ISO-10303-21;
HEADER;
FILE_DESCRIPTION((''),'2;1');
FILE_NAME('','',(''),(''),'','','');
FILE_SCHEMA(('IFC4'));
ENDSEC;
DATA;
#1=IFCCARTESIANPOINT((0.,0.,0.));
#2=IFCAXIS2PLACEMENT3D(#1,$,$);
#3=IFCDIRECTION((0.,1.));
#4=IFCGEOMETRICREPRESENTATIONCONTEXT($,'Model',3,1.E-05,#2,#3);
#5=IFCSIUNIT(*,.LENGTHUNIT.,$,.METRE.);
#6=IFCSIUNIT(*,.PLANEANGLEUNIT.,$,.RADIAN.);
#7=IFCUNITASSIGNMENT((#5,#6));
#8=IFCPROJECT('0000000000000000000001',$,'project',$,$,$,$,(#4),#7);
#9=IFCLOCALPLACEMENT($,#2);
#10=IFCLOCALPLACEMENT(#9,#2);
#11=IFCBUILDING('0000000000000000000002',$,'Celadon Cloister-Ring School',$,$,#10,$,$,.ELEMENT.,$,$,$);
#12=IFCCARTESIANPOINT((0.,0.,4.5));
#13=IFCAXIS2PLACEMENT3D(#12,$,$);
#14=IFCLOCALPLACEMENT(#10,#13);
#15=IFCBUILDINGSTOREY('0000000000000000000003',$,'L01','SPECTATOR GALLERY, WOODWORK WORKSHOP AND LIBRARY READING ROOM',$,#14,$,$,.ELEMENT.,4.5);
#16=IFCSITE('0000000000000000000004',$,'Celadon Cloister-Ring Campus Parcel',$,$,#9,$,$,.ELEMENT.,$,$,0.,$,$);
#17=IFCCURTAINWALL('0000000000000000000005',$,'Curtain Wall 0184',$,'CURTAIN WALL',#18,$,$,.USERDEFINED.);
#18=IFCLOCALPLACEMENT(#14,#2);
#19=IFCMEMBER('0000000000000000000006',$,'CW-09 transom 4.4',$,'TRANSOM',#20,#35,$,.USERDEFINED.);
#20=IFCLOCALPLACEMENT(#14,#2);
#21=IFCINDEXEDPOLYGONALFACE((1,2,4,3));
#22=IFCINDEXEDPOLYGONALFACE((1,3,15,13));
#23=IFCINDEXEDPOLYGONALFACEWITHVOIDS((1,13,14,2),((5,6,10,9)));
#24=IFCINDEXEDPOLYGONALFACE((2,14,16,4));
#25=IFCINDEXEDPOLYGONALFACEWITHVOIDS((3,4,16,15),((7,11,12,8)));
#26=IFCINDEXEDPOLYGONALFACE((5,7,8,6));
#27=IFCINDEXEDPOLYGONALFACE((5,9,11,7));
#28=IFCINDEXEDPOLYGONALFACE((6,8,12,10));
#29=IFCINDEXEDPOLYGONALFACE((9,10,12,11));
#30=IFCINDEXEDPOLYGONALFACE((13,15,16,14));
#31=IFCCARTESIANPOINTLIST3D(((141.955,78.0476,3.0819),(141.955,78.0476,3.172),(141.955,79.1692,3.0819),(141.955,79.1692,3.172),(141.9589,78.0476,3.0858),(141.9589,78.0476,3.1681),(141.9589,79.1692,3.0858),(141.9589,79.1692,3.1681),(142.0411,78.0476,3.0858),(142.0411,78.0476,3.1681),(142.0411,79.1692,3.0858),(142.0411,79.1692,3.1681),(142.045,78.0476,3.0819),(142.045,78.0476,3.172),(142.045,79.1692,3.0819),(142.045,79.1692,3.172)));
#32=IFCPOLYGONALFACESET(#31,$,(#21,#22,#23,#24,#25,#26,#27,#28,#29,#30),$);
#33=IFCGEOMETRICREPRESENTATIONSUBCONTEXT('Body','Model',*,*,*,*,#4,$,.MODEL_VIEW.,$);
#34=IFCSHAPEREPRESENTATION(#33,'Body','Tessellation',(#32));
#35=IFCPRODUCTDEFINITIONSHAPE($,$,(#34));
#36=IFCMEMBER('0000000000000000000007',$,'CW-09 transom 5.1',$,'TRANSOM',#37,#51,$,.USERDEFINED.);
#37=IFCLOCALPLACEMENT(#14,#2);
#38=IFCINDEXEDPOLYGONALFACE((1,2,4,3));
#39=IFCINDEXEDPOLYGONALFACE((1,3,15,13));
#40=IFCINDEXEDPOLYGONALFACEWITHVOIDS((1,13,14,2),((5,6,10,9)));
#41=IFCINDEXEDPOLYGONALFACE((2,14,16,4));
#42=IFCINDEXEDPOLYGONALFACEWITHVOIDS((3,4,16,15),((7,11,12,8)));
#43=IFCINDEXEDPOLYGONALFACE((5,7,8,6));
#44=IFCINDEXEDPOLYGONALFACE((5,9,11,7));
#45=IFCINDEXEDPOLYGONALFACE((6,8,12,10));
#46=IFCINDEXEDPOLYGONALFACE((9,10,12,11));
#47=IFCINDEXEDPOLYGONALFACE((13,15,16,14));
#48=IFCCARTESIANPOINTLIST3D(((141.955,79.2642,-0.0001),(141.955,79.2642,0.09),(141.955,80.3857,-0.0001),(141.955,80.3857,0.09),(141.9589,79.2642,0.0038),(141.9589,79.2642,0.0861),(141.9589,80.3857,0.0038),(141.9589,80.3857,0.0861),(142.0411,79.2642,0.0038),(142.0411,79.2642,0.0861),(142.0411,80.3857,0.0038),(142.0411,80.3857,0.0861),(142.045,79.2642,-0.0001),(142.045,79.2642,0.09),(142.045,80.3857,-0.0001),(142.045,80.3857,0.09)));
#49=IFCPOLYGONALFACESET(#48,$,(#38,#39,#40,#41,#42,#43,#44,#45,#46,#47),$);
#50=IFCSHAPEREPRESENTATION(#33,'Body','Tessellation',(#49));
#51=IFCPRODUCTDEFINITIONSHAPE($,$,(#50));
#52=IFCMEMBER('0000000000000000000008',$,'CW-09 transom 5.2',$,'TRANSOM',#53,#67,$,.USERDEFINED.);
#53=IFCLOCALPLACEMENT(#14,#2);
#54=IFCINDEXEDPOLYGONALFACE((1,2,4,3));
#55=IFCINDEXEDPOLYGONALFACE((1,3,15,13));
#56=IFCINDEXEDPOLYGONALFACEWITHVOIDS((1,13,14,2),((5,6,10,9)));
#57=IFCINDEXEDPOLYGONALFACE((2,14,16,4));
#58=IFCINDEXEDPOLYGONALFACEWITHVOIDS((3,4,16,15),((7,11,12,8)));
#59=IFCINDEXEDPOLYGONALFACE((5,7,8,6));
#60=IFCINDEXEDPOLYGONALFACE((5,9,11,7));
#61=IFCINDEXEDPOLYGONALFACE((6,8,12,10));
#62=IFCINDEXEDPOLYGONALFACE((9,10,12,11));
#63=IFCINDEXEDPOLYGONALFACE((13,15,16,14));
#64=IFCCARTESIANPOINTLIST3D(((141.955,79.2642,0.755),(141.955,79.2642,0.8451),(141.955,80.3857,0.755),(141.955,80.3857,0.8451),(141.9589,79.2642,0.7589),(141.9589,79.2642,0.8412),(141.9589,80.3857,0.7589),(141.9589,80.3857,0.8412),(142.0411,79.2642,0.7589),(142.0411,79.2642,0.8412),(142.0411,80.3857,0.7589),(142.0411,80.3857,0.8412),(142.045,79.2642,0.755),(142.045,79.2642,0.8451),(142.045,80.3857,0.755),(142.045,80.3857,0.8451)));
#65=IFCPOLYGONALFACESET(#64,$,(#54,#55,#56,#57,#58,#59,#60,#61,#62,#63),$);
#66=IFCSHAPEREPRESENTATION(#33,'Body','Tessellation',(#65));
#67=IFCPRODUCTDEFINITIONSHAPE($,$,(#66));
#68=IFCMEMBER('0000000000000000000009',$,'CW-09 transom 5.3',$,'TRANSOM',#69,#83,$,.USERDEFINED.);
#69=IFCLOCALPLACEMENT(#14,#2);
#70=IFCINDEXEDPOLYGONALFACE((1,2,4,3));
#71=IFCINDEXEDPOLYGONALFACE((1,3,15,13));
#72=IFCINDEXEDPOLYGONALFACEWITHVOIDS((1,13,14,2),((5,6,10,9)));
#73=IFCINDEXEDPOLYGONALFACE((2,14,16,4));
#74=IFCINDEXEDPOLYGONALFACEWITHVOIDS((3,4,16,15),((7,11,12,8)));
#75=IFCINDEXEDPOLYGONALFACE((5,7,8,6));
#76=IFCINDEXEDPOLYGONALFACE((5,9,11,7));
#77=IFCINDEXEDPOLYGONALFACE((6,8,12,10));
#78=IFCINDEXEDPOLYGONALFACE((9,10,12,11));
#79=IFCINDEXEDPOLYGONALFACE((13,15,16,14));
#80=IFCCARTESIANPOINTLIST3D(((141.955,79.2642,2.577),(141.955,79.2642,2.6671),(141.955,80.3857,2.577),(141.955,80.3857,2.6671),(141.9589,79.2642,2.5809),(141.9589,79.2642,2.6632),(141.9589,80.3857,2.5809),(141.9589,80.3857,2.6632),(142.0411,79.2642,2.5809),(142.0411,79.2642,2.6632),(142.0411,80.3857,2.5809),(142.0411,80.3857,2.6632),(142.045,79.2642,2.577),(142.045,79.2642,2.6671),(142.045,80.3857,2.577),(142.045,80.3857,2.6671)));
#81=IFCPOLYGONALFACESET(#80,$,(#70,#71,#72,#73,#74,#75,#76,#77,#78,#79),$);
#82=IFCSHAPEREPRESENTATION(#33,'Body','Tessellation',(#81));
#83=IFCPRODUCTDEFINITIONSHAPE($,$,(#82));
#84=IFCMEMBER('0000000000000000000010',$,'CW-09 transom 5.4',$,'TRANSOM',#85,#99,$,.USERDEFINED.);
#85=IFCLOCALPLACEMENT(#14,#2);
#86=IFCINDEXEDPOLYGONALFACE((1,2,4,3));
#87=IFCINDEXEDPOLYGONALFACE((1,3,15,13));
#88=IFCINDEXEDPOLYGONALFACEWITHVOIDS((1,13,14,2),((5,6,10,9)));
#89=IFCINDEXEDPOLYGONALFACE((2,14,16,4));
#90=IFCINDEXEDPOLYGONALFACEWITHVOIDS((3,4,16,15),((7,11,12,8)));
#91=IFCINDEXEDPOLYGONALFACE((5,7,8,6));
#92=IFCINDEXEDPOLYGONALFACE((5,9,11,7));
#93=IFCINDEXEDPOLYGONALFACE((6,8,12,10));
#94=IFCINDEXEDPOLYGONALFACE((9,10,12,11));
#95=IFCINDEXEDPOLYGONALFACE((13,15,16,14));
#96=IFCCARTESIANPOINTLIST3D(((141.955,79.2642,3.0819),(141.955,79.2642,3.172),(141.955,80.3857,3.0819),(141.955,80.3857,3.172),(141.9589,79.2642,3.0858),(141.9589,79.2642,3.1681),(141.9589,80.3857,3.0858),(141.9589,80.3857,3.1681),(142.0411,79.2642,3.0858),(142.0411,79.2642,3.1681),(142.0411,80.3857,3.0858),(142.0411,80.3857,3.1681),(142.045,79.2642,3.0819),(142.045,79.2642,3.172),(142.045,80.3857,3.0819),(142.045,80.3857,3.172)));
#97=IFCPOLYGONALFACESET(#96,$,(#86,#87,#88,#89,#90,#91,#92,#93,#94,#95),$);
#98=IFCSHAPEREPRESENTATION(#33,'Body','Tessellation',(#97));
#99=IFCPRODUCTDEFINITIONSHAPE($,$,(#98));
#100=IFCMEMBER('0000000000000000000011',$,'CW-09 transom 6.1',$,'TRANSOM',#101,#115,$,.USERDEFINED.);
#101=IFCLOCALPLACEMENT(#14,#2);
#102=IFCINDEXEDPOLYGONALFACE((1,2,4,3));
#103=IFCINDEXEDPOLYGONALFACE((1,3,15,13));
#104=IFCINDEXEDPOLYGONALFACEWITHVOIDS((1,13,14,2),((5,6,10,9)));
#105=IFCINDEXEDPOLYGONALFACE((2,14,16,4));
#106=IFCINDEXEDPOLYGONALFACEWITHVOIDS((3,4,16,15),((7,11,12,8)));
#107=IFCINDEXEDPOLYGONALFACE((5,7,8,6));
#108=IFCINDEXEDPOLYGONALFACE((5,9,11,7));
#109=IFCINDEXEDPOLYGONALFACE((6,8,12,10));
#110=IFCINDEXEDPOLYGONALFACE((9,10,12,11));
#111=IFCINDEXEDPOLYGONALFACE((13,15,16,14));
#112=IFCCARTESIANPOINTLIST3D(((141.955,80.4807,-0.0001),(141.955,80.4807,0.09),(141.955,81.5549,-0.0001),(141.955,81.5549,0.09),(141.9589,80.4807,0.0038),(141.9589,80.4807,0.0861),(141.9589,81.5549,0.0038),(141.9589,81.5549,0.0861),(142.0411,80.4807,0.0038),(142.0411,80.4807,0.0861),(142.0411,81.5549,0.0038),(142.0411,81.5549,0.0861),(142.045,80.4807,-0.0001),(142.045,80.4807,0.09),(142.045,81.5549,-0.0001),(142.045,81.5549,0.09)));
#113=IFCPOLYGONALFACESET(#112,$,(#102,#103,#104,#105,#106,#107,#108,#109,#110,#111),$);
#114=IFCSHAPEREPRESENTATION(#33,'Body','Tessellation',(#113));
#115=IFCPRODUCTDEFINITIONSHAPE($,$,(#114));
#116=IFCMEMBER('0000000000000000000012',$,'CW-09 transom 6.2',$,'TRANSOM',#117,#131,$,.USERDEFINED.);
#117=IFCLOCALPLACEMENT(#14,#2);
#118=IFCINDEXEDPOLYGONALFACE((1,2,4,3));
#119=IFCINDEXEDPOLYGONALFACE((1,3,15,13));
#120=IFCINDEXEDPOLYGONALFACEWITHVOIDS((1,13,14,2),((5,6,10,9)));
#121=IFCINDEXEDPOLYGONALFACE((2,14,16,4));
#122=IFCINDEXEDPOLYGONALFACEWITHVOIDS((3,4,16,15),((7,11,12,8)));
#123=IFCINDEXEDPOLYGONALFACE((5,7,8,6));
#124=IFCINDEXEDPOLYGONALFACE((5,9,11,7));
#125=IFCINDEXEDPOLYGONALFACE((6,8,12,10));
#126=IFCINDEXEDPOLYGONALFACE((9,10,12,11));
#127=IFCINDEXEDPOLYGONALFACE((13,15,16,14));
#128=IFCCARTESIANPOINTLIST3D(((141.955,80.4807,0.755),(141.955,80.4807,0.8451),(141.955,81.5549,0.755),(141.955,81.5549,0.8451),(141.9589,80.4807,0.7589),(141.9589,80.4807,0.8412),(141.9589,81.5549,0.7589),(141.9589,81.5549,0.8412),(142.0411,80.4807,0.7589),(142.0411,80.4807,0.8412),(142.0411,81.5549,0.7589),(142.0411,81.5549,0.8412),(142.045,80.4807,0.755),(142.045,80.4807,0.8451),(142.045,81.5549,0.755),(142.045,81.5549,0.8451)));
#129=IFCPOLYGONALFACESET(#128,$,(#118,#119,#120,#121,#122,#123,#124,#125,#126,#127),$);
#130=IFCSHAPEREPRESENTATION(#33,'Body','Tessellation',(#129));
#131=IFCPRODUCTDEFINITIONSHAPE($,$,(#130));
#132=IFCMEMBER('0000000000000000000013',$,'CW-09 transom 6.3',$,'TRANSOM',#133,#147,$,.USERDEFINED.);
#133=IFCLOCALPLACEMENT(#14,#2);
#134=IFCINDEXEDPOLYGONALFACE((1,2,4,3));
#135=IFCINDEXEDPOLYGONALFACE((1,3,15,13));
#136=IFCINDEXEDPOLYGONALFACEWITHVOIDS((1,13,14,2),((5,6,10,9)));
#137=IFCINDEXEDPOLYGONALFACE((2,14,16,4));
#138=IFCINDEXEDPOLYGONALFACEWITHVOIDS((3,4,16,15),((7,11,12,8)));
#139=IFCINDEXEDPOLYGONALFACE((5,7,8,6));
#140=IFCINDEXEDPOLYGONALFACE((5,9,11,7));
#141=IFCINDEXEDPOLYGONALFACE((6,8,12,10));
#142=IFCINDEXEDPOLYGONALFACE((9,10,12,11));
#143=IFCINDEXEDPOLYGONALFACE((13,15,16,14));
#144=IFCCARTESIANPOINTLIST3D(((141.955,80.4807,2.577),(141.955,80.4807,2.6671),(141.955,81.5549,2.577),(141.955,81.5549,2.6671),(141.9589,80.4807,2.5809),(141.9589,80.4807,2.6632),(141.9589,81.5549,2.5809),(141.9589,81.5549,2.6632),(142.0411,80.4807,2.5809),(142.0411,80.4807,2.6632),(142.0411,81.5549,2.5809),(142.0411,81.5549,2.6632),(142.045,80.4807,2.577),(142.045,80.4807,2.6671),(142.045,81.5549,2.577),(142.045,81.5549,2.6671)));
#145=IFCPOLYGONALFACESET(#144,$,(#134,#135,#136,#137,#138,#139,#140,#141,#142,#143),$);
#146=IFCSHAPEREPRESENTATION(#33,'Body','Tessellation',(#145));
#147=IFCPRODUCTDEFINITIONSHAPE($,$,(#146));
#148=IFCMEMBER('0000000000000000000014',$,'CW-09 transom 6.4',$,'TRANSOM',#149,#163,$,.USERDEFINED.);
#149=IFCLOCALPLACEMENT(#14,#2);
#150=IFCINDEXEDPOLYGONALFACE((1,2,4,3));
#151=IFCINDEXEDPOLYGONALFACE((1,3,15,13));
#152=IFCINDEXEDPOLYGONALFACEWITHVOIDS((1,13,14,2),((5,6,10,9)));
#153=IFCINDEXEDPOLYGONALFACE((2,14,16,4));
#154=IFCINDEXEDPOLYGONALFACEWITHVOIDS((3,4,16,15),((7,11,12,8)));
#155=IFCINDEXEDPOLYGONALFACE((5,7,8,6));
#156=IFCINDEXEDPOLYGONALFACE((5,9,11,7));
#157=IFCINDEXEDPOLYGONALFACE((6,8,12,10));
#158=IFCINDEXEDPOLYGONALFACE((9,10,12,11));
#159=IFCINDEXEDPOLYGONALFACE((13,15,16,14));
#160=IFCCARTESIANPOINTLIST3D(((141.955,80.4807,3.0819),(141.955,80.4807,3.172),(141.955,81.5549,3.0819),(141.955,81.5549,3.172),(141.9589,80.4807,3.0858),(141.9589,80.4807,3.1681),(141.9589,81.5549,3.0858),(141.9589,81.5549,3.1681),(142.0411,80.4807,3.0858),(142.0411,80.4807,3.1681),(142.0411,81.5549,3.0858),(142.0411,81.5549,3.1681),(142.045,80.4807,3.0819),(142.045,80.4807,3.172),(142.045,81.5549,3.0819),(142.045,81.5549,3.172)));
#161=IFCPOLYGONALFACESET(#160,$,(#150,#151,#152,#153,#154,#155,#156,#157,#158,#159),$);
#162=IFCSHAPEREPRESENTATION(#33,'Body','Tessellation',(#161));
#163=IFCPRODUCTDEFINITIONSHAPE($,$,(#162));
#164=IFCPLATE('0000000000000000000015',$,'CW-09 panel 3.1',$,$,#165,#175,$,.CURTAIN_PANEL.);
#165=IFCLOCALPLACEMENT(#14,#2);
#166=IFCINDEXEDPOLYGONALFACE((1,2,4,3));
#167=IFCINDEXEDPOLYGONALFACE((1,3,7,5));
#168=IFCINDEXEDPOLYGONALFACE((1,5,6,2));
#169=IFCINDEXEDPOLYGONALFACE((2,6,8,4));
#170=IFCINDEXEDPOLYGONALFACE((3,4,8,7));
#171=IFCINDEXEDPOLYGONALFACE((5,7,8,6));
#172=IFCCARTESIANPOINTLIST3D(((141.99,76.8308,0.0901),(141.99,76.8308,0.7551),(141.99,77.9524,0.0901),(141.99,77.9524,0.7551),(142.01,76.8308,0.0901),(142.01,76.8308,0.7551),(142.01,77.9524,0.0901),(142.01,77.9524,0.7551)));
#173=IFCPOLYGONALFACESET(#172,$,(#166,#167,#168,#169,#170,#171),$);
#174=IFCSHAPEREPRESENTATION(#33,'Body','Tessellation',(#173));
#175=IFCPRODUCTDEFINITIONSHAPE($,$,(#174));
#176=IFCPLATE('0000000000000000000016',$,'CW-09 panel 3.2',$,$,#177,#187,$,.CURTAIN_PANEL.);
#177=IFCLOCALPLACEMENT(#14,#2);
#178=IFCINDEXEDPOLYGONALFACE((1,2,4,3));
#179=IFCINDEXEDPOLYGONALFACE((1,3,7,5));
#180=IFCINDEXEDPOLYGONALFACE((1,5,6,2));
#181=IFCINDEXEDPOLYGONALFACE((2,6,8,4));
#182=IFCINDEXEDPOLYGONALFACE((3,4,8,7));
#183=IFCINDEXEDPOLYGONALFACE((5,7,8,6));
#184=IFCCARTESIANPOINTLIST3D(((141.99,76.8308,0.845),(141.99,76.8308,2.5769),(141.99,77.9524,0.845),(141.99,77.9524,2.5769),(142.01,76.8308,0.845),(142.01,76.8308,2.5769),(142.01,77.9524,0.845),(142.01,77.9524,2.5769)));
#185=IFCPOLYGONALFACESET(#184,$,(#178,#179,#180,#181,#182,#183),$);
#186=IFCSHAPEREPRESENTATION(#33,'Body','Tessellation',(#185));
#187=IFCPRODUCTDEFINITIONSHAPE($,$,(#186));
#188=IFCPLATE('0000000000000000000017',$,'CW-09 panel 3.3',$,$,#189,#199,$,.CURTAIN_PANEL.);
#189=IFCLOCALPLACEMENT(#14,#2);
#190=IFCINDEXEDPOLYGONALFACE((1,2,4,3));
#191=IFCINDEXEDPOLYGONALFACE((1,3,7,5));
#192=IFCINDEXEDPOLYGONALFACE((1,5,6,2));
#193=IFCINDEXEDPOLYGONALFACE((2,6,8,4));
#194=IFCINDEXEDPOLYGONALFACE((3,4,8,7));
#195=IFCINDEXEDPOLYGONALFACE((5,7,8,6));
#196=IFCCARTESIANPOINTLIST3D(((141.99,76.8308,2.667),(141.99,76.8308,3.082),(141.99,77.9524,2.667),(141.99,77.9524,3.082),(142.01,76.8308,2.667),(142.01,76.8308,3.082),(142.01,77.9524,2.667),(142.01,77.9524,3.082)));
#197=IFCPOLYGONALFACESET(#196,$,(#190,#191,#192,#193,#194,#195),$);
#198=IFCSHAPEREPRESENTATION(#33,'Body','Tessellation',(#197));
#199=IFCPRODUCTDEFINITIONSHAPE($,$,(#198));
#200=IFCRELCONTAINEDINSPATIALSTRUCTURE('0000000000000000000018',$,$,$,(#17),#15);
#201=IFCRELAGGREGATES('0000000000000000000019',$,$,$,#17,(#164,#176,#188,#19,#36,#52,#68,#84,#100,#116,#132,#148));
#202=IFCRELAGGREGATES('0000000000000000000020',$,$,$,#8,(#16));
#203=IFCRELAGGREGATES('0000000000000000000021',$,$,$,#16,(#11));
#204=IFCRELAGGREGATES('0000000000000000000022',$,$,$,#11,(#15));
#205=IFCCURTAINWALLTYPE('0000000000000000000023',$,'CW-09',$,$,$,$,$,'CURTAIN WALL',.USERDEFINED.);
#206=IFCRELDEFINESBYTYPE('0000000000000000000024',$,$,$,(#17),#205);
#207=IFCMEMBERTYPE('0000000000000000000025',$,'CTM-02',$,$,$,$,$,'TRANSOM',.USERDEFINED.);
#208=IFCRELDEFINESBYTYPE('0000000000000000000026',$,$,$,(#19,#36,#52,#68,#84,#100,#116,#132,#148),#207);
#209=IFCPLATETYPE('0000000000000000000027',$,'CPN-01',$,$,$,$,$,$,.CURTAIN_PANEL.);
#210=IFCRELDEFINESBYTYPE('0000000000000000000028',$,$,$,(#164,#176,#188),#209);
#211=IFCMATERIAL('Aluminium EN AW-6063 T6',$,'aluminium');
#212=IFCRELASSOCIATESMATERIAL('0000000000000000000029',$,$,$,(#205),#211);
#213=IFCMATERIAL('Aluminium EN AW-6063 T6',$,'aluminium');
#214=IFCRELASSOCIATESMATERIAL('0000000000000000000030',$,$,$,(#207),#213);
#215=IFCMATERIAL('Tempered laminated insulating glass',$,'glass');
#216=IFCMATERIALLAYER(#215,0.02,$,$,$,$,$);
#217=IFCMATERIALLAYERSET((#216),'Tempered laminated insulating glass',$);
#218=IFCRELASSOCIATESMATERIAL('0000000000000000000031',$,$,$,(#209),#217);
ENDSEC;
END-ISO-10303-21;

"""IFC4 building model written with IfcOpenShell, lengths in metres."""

from ifc_helpers import new_model, si_unit, direction, frame, origin, origin_2d, place, context, subcontext, project, spatial, rectangle, hollow_rectangle, extrude, material, layer, layer_set, material_profile, profile_set, type_object, element, aggregate, save


model = new_model("IFC4")

# Units and contexts
model_context = context("Model", 3, precision=1e-05, world=origin(), true_north=direction((0.0, 1.0)))
body_context = subcontext(model_context, "Body", "Model", "MODEL_VIEW")
ifc_project = project(units=[si_unit("LENGTHUNIT", "METRE"), si_unit("PLANEANGLEUNIT", "RADIAN")], contexts=[model_context])

# Site, building, storey
site_placement = place(None, origin())
site = spatial("IfcSite", under=ifc_project, at=site_placement, Name="Celadon Cloister-Ring Campus Parcel", CompositionType="ELEMENT", RefElevation=0.0)
building_placement = place(site_placement, origin())
building = spatial("IfcBuilding", under=site, at=building_placement, Name="Celadon Cloister-Ring School", CompositionType="ELEMENT")
storey_placement = place(building_placement, frame((0.0, 0.0, 4.5)))
storey = spatial("IfcBuildingStorey", under=building, at=storey_placement, Name="L01", Description="SPECTATOR GALLERY, WOODWORK WORKSHOP AND LIBRARY READING ROOM", CompositionType="ELEMENT", Elevation=4.5)

# Curtain wall, members, plates
ifc_material_1 = material(Name="Aluminium EN AW-6063 T6", Category="aluminium")
curtain_wall_type = type_object("IfcCurtainWallType", Name="CW-09", ElementType="CURTAIN WALL", PredefinedType="USERDEFINED", material=ifc_material_1)
curtain_wall_placement = place(storey_placement, origin())
curtain_wall = element("IfcCurtainWall", 1, at=curtain_wall_placement, inside=storey, type_object=curtain_wall_type, Name="Curtain Wall 0184", ObjectType="CURTAIN WALL", PredefinedType="USERDEFINED")
ifc_material_2 = material(Name="Aluminium EN AW-6063 T6", Category="aluminium")
ifc_material_profile_1 = material_profile(ifc_material_2, hollow_rectangle(XDim=0.0901, YDim=0.0901, WallThickness=0.0039, at=origin_2d()), Name="RHS90X90X4")
ifc_profile_set_1 = profile_set([ifc_material_profile_1], Name="Aluminium EN AW-6063 T6")
member_type_1 = type_object("IfcMemberType", Name="CTM-02", ElementType="TRANSOM", PredefinedType="USERDEFINED", material=ifc_profile_set_1)
member_1_placement = place(storey_placement, frame((142.0, 78.0476, 3.127), z_axis=(0.0, 1.0, 0.0), x_axis=(-1.0, 0.0, 0.0)))
member_1 = element("IfcMember", 2, at=member_1_placement, type_object=member_type_1, Name="CW-09 transom 4.4", ObjectType="TRANSOM", PredefinedType="USERDEFINED", context=body_context, shape_type="SweptSolid", body=[
    extrude(hollow_rectangle(XDim=0.0901, YDim=0.0901, WallThickness=0.0039, at=origin_2d()), origin(), (0.0, 0.0, 1.0), 1.1216),
])
member_2_placement = place(storey_placement, frame((142.0, 79.2642, 0.0449), z_axis=(0.0, 1.0, 0.0), x_axis=(-1.0, 0.0, 0.0)))
member_2 = element("IfcMember", 3, at=member_2_placement, type_object=member_type_1, Name="CW-09 transom 5.1", ObjectType="TRANSOM", PredefinedType="USERDEFINED", context=body_context, shape_type="SweptSolid", body=[
    extrude(hollow_rectangle(XDim=0.0901, YDim=0.0901, WallThickness=0.0039, at=origin_2d()), origin(), (0.0, 0.0, 1.0), 1.1216),
])
member_3_placement = place(storey_placement, frame((142.0, 79.2642, 0.8), z_axis=(0.0, 1.0, 0.0), x_axis=(-1.0, 0.0, 0.0)))
member_3 = element("IfcMember", 4, at=member_3_placement, type_object=member_type_1, Name="CW-09 transom 5.2", ObjectType="TRANSOM", PredefinedType="USERDEFINED", context=body_context, shape_type="SweptSolid", body=[
    extrude(hollow_rectangle(XDim=0.0901, YDim=0.0901, WallThickness=0.0039, at=origin_2d()), origin(), (0.0, 0.0, 1.0), 1.1216),
])
member_4_placement = place(storey_placement, frame((142.0, 79.2642, 2.6221), z_axis=(0.0, 1.0, 0.0), x_axis=(-1.0, 0.0, 0.0)))
member_4 = element("IfcMember", 5, at=member_4_placement, type_object=member_type_1, Name="CW-09 transom 5.3", ObjectType="TRANSOM", PredefinedType="USERDEFINED", context=body_context, shape_type="SweptSolid", body=[
    extrude(hollow_rectangle(XDim=0.0901, YDim=0.0901, WallThickness=0.0039, at=origin_2d()), origin(), (0.0, 0.0, 1.0), 1.1216),
])
member_5_placement = place(storey_placement, frame((142.0, 79.2642, 3.127), z_axis=(0.0, 1.0, 0.0), x_axis=(-1.0, 0.0, 0.0)))
member_5 = element("IfcMember", 6, at=member_5_placement, type_object=member_type_1, Name="CW-09 transom 5.4", ObjectType="TRANSOM", PredefinedType="USERDEFINED", context=body_context, shape_type="SweptSolid", body=[
    extrude(hollow_rectangle(XDim=0.0901, YDim=0.0901, WallThickness=0.0039, at=origin_2d()), origin(), (0.0, 0.0, 1.0), 1.1216),
])
member_6_placement = place(storey_placement, frame((142.0, 80.4807, 0.0449), z_axis=(0.0, 1.0, 0.0), x_axis=(-1.0, 0.0, 0.0)))
member_6 = element("IfcMember", 7, at=member_6_placement, type_object=member_type_1, Name="CW-09 transom 6.1", ObjectType="TRANSOM", PredefinedType="USERDEFINED", context=body_context, shape_type="SweptSolid", body=[
    extrude(hollow_rectangle(XDim=0.0901, YDim=0.0901, WallThickness=0.0039, at=origin_2d()), origin(), (0.0, 0.0, 1.0), 1.0742),
])
member_7_placement = place(storey_placement, frame((142.0, 80.4807, 0.8), z_axis=(0.0, 1.0, 0.0), x_axis=(-1.0, 0.0, 0.0)))
member_7 = element("IfcMember", 8, at=member_7_placement, type_object=member_type_1, Name="CW-09 transom 6.2", ObjectType="TRANSOM", PredefinedType="USERDEFINED", context=body_context, shape_type="SweptSolid", body=[
    extrude(hollow_rectangle(XDim=0.0901, YDim=0.0901, WallThickness=0.0039, at=origin_2d()), origin(), (0.0, 0.0, 1.0), 1.0742),
])
member_8_placement = place(storey_placement, frame((142.0, 80.4807, 2.6221), z_axis=(0.0, 1.0, 0.0), x_axis=(-1.0, 0.0, 0.0)))
member_8 = element("IfcMember", 9, at=member_8_placement, type_object=member_type_1, Name="CW-09 transom 6.3", ObjectType="TRANSOM", PredefinedType="USERDEFINED", context=body_context, shape_type="SweptSolid", body=[
    extrude(hollow_rectangle(XDim=0.0901, YDim=0.0901, WallThickness=0.0039, at=origin_2d()), origin(), (0.0, 0.0, 1.0), 1.0742),
])
member_9_placement = place(storey_placement, frame((142.0, 80.4807, 3.127), z_axis=(0.0, 1.0, 0.0), x_axis=(-1.0, 0.0, 0.0)))
member_9 = element("IfcMember", 10, at=member_9_placement, type_object=member_type_1, Name="CW-09 transom 6.4", ObjectType="TRANSOM", PredefinedType="USERDEFINED", context=body_context, shape_type="SweptSolid", body=[
    extrude(hollow_rectangle(XDim=0.0901, YDim=0.0901, WallThickness=0.0039, at=origin_2d()), origin(), (0.0, 0.0, 1.0), 1.0742),
])
ifc_material_3 = material(Name="Tempered laminated insulating glass", Category="glass")
ifc_layer = layer(ifc_material_3, 0.02)
ifc_layer_set = layer_set([ifc_layer], Name="Tempered laminated insulating glass")
plate_type = type_object("IfcPlateType", Name="CPN-01", PredefinedType="CURTAIN_PANEL", material=ifc_layer_set)
plate_1_placement = place(storey_placement, frame((142.0, 77.3916, 0.0901), z_axis=(0.0, 0.0, 1.0), x_axis=(0.0, 1.0, 0.0)))
plate_1 = element("IfcPlate", 11, at=plate_1_placement, type_object=plate_type, Name="CW-09 panel 3.1", PredefinedType="CURTAIN_PANEL", context=body_context, shape_type="SweptSolid", body=[
    extrude(rectangle(XDim=1.1216, YDim=0.02, at=origin_2d()), origin(), (0.0, 0.0, 1.0), 0.665),
])
plate_2_placement = place(storey_placement, frame((142.0, 77.3916, 0.845), z_axis=(0.0, 0.0, 1.0), x_axis=(0.0, 1.0, 0.0)))
plate_2 = element("IfcPlate", 12, at=plate_2_placement, type_object=plate_type, Name="CW-09 panel 3.2", PredefinedType="CURTAIN_PANEL", context=body_context, shape_type="SweptSolid", body=[
    extrude(rectangle(XDim=1.1216, YDim=0.02, at=origin_2d()), origin(), (0.0, 0.0, 1.0), 1.7319),
])
plate_3_placement = place(storey_placement, frame((142.0, 77.3916, 2.667), z_axis=(0.0, 0.0, 1.0), x_axis=(0.0, 1.0, 0.0)))
plate_3 = element("IfcPlate", 13, at=plate_3_placement, type_object=plate_type, Name="CW-09 panel 3.3", PredefinedType="CURTAIN_PANEL", context=body_context, shape_type="SweptSolid", body=[
    extrude(rectangle(XDim=1.1216, YDim=0.02, at=origin_2d()), origin(), (0.0, 0.0, 1.0), 0.415),
])
aggregate(curtain_wall, [plate_1, plate_2, plate_3, member_1, member_2, member_3, member_4, member_5, member_6, member_7, member_8, member_9])

save(model, "model.ifc")
